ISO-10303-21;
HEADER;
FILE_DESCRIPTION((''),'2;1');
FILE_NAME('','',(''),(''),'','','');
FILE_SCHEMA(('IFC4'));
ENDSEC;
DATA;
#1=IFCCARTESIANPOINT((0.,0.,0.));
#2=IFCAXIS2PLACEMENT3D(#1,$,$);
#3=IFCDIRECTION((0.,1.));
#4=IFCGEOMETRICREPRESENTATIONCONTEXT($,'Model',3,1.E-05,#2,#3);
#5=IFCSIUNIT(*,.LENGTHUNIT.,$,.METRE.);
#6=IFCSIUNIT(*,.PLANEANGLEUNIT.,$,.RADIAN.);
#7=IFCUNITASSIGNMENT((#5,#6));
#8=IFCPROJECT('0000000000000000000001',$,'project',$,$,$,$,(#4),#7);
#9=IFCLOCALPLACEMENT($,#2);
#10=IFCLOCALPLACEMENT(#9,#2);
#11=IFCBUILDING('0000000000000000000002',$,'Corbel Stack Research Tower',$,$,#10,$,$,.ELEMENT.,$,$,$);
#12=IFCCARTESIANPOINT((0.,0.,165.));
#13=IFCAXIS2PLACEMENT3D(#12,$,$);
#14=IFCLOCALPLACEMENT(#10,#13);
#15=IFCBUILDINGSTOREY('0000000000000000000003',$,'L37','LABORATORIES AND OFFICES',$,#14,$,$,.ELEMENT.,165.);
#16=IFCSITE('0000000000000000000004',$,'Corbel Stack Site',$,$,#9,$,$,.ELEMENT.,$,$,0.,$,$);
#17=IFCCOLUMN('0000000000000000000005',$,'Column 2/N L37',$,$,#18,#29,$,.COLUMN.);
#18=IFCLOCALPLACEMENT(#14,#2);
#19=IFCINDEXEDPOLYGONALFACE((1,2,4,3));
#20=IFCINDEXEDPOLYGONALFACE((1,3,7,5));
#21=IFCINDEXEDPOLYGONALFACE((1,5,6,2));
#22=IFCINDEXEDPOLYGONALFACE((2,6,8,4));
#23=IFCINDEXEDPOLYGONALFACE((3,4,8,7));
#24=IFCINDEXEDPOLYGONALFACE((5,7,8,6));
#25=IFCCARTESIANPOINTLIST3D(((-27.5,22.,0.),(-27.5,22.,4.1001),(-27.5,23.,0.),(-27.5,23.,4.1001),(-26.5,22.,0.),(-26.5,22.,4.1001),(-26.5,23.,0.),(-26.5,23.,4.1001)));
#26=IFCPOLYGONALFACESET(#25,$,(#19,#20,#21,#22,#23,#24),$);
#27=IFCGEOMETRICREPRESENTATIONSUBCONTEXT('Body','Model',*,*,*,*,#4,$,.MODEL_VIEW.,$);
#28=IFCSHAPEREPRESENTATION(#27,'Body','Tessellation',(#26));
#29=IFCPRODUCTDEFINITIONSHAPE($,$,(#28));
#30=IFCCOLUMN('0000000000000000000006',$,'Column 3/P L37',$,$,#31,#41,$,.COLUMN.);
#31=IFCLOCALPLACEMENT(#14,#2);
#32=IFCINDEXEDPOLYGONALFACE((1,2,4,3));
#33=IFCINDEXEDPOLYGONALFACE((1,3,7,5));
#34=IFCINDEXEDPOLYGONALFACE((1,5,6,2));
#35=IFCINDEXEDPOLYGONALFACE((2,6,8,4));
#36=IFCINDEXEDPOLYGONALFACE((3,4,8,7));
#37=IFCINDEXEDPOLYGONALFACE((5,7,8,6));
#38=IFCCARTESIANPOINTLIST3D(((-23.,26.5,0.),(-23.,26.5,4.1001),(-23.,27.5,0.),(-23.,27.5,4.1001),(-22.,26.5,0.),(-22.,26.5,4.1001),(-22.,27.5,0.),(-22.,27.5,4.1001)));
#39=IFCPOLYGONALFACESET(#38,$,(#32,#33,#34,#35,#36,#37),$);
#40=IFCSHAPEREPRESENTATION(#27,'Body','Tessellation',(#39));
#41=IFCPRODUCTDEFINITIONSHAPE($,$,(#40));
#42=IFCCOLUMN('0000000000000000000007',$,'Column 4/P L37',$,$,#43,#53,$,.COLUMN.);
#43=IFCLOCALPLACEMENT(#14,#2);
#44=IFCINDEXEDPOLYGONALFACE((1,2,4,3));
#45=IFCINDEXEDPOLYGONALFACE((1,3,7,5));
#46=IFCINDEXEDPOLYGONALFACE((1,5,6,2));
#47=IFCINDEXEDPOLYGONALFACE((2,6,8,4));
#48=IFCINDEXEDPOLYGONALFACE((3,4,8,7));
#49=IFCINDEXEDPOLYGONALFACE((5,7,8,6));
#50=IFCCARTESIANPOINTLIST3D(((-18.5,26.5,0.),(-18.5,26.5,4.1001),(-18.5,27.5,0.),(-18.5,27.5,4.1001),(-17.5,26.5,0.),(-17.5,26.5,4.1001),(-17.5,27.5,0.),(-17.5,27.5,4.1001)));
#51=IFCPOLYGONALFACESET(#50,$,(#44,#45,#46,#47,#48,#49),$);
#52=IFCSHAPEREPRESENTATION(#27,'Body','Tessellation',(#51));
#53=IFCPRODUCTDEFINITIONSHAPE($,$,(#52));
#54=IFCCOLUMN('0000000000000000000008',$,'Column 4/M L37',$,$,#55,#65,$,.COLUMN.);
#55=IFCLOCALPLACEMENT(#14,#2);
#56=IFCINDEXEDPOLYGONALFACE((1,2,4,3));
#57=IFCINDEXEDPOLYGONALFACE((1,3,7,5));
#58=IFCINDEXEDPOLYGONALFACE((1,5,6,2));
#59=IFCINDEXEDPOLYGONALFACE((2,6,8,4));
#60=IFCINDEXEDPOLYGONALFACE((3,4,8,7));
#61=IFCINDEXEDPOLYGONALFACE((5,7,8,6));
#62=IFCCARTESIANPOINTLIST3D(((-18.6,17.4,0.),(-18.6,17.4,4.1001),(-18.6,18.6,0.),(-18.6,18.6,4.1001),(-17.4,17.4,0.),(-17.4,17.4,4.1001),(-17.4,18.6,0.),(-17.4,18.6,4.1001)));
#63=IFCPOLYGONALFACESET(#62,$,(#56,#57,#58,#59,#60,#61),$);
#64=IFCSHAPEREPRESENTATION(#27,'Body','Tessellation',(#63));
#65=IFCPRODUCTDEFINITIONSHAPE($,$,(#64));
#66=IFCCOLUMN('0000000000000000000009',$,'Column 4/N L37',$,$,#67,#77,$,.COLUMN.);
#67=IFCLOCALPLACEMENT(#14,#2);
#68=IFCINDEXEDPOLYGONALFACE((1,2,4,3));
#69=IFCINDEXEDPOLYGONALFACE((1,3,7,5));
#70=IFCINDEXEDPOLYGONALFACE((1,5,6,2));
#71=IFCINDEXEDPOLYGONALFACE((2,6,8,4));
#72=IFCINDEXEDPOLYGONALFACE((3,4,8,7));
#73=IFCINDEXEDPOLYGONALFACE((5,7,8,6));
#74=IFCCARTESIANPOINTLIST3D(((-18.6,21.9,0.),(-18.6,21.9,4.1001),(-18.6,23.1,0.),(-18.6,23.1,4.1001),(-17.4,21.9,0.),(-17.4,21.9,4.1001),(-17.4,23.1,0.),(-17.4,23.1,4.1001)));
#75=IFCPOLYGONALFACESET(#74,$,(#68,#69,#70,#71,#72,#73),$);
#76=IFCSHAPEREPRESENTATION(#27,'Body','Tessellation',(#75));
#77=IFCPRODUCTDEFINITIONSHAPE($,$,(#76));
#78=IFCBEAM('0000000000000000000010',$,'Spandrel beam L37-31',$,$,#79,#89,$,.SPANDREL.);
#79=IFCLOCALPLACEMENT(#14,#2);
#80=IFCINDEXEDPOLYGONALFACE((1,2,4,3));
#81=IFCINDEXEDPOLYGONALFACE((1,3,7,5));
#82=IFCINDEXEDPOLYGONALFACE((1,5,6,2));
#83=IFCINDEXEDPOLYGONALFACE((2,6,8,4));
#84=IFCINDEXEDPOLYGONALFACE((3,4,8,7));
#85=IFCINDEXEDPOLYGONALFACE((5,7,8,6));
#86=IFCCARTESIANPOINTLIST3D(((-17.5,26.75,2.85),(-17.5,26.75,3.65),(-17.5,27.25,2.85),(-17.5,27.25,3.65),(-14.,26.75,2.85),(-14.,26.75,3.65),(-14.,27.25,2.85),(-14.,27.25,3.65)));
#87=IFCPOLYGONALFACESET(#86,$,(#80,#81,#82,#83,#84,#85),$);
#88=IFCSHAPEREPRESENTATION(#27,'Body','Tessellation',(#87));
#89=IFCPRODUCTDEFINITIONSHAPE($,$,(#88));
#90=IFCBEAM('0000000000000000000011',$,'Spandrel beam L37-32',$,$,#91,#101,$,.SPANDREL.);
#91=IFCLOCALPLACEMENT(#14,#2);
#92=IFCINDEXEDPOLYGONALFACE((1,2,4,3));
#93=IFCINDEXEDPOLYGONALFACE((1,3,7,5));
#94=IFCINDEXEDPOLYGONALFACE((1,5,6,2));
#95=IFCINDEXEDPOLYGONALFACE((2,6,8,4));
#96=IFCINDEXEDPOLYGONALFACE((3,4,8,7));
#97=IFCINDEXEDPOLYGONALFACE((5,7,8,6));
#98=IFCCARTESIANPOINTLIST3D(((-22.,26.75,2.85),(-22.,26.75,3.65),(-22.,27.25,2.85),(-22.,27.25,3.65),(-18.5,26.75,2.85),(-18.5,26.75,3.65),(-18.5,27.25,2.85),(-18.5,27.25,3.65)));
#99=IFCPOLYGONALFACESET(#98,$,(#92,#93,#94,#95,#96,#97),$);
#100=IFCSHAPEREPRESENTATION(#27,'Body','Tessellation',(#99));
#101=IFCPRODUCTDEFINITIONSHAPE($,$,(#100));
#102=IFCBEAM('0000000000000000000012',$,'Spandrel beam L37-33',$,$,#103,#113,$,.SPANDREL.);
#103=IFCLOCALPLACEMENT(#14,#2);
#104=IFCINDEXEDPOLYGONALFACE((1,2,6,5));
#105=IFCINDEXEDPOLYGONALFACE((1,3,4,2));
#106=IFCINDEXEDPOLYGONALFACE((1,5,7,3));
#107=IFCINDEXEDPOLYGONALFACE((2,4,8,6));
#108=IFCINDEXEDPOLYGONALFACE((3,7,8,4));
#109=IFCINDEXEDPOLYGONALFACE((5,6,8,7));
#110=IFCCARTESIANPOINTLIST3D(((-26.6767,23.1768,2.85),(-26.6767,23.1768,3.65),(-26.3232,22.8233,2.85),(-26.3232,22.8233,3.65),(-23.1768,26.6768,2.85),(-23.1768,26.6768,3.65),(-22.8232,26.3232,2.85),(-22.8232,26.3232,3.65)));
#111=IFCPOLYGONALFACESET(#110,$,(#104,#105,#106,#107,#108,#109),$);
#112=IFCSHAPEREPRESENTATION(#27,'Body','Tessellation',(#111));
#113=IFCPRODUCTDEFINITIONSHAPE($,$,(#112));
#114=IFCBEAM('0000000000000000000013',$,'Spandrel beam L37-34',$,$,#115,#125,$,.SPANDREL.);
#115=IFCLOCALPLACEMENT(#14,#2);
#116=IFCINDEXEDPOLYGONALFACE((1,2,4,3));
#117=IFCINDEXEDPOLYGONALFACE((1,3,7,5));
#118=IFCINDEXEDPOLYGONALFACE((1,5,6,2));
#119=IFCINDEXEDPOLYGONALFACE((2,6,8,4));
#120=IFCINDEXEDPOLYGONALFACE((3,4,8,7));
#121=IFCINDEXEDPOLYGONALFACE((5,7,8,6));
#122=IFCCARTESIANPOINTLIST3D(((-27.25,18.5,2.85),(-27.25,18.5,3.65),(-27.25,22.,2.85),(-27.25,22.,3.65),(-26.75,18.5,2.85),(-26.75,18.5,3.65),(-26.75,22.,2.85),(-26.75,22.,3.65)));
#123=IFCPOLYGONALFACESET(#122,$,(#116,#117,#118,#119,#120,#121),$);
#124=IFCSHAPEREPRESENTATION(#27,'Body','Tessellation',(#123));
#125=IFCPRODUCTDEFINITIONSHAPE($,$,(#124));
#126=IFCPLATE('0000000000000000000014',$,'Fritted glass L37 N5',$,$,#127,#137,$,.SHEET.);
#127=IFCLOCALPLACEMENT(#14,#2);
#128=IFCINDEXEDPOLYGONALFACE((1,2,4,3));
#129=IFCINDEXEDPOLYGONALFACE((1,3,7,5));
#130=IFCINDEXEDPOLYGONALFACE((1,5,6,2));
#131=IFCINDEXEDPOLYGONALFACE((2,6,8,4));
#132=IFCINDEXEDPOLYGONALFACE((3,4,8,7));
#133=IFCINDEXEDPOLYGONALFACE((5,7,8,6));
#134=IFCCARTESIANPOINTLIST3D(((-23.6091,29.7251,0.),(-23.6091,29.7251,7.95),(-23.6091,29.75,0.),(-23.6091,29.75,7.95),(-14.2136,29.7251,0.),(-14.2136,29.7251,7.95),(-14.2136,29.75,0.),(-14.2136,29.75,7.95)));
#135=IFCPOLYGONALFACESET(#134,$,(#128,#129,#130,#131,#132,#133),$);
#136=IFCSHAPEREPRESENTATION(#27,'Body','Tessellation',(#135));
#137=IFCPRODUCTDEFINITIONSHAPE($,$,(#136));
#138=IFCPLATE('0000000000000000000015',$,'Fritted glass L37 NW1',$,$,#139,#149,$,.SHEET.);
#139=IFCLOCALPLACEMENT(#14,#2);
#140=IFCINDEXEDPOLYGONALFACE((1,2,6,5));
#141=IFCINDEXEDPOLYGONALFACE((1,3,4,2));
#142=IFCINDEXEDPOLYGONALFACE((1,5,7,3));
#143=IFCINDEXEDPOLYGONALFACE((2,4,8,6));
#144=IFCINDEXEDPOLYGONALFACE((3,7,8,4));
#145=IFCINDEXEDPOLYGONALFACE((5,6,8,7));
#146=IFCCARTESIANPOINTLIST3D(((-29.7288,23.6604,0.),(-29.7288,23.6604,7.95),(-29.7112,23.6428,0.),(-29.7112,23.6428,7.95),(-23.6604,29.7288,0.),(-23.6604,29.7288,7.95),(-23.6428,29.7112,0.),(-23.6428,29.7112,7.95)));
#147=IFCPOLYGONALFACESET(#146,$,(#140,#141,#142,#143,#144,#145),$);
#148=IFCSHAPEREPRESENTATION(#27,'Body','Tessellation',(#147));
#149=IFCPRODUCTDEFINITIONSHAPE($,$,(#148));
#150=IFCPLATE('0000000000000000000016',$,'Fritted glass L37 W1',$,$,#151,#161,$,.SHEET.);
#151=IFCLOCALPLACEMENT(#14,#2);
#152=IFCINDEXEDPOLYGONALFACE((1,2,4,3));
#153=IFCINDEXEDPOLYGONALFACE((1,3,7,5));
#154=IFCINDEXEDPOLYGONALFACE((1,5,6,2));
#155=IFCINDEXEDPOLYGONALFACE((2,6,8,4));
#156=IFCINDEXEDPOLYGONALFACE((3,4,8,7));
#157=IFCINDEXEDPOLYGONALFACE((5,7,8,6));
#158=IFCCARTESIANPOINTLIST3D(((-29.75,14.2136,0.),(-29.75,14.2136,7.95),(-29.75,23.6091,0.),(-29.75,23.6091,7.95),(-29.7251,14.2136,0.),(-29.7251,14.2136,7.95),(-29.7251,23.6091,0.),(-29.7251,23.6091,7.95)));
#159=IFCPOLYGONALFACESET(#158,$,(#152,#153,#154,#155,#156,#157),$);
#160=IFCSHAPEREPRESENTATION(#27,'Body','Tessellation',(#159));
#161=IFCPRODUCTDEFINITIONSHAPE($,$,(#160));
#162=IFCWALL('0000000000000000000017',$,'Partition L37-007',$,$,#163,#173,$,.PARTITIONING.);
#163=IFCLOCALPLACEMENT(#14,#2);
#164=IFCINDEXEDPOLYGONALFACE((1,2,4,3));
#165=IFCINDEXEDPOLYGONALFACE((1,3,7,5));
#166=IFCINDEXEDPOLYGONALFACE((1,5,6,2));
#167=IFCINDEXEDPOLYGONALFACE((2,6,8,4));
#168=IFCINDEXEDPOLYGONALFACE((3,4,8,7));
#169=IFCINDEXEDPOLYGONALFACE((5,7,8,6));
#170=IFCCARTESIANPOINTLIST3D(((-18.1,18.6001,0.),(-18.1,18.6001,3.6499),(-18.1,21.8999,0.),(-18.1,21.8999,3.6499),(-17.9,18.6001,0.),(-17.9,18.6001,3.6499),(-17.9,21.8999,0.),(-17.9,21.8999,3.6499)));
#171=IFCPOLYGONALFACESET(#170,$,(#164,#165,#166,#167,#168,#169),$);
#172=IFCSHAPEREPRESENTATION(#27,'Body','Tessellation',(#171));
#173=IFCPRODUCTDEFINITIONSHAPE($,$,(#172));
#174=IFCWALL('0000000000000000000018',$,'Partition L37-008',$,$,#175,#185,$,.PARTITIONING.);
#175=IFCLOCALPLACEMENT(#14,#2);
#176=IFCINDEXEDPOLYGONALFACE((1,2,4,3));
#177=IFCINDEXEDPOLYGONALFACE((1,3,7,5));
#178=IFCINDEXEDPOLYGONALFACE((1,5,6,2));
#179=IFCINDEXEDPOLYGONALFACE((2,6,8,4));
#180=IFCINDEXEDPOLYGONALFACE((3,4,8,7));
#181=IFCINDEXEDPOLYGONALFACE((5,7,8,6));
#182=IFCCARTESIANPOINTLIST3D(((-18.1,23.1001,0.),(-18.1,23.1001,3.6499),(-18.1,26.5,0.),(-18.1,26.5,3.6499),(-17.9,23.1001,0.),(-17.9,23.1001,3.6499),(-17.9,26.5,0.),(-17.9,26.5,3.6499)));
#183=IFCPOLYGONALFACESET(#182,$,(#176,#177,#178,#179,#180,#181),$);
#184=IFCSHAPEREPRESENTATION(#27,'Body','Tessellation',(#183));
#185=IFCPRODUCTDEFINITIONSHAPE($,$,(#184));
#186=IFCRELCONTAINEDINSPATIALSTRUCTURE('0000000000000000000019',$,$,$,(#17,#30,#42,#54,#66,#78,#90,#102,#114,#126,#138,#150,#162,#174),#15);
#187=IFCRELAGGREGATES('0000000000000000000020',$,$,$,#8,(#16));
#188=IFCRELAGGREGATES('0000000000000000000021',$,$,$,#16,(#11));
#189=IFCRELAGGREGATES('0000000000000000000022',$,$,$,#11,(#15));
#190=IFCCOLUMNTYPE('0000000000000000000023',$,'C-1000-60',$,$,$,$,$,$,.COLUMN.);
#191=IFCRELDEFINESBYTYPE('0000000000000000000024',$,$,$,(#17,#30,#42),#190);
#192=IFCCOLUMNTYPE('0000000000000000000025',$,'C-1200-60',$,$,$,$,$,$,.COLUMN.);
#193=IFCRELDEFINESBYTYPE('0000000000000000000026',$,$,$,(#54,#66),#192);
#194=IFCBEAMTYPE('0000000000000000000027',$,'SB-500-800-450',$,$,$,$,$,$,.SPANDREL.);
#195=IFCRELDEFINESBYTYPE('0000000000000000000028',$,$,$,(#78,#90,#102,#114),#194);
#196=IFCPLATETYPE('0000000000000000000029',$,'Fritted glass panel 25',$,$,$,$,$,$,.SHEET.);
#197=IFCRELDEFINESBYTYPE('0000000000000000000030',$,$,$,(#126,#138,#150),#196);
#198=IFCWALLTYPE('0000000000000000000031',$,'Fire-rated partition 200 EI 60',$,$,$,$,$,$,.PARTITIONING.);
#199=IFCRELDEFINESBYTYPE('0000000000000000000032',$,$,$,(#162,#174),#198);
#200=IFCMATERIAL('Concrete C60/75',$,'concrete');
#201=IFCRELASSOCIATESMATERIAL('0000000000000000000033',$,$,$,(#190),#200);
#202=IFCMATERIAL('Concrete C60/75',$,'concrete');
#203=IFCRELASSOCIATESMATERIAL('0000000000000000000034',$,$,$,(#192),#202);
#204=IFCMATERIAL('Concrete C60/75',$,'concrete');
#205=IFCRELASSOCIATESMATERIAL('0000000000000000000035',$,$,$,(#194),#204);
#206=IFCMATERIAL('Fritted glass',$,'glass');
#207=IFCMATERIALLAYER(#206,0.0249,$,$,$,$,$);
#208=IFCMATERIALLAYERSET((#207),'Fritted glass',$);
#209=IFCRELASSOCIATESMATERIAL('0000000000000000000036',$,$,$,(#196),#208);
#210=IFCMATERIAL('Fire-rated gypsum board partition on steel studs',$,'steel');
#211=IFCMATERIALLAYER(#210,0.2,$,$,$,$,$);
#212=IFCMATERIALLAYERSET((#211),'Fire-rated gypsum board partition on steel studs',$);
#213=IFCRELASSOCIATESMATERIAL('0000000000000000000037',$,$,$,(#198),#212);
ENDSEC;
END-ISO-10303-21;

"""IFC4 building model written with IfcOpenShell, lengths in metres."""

from ifc_helpers import new_model, si_unit, direction, frame, frame_2d, origin, origin_2d, place, context, subcontext, project, spatial, rectangle, extrude, material, layer, layer_set, material_profile, profile_set, type_object, element, save


model = new_model("IFC4")

# Units and contexts
model_context = context("Model", 3, precision=1e-05, world=origin(), true_north=direction((0.0, 1.0)))
body_context = subcontext(model_context, "Body", "Model", "MODEL_VIEW")
ifc_project = project(units=[si_unit("LENGTHUNIT", "METRE"), si_unit("PLANEANGLEUNIT", "RADIAN")], contexts=[model_context])

# Site, building, storey
site_placement = place(None, origin())
site = spatial("IfcSite", under=ifc_project, at=site_placement, Name="Corbel Stack Site", CompositionType="ELEMENT", RefElevation=0.0)
building_placement = place(site_placement, origin())
building = spatial("IfcBuilding", under=site, at=building_placement, Name="Corbel Stack Research Tower", CompositionType="ELEMENT")
storey_placement = place(building_placement, frame((0.0, 0.0, 165.0)))
storey = spatial("IfcBuildingStorey", under=building, at=storey_placement, Name="L37", Description="LABORATORIES AND OFFICES", CompositionType="ELEMENT", Elevation=165.0)

# Columns
ifc_material_1 = material(Name="Concrete C60/75", Category="concrete")
ifc_material_profile_1 = material_profile(ifc_material_1, rectangle(XDim=1.0, YDim=1.0, at=origin_2d()), Name="RC 1000 x 1000")
ifc_profile_set_1 = profile_set([ifc_material_profile_1], Name="Concrete C60/75")
column_type_1 = type_object("IfcColumnType", Name="C-1000-60", PredefinedType="COLUMN", material=ifc_profile_set_1)
for number, where, z_axis, x_axis, name in (
    (1, (-27.0, 22.5, 0.0), (0.0, 0.0, 1.0), (1.0, 0.0, 0.0), "Column 2/N L37"),
    (2, (-22.5, 27.0, 0.0), (0.0, 0.0, 1.0), (1.0, 0.0, 0.0), "Column 3/P L37"),
    (3, (-18.0, 27.0, 0.0), (0.0, 0.0, 1.0), (1.0, 0.0, 0.0), "Column 4/P L37"),
):
    element("IfcColumn", number, at=place(storey_placement, frame(where, z_axis=z_axis, x_axis=x_axis)), inside=storey, type_object=column_type_1, Name=name, PredefinedType="COLUMN", context=body_context, shape_type="SweptSolid", body=[
        extrude(rectangle(XDim=1.0, YDim=1.0, at=origin_2d()), origin(), (0.0, 0.0, 1.0), 4.1001),
    ])
ifc_material_2 = material(Name="Concrete C60/75", Category="concrete")
ifc_material_profile_2 = material_profile(ifc_material_2, rectangle(XDim=1.2, YDim=1.2, at=origin_2d()), Name="RC 1200 x 1200")
ifc_profile_set_2 = profile_set([ifc_material_profile_2], Name="Concrete C60/75")
column_type_2 = type_object("IfcColumnType", Name="C-1200-60", PredefinedType="COLUMN", material=ifc_profile_set_2)
for number, where, z_axis, x_axis, name in (
    (4, (-18.0, 18.0, 0.0), (0.0, 0.0, 1.0), (1.0, 0.0, 0.0), "Column 4/M L37"),
    (5, (-18.0, 22.5, 0.0), (0.0, 0.0, 1.0), (1.0, 0.0, 0.0), "Column 4/N L37"),
):
    element("IfcColumn", number, at=place(storey_placement, frame(where, z_axis=z_axis, x_axis=x_axis)), inside=storey, type_object=column_type_2, Name=name, PredefinedType="COLUMN", context=body_context, shape_type="SweptSolid", body=[
        extrude(rectangle(XDim=1.2, YDim=1.2, at=origin_2d()), origin(), (0.0, 0.0, 1.0), 4.1001),
    ])

# Beams
ifc_material_3 = material(Name="Concrete C60/75", Category="concrete")
ifc_material_profile_3 = material_profile(ifc_material_3, rectangle(XDim=0.5, YDim=0.8, at=origin_2d()), Name="RC 500 x 800")
ifc_profile_set_3 = profile_set([ifc_material_profile_3], Name="Concrete C60/75")
beam_type = type_object("IfcBeamType", Name="SB-500-800-450", PredefinedType="SPANDREL", material=ifc_profile_set_3)
for number, where, z_axis, x_axis, name in (
    (6, (-14.0, 27.0, 3.25), (-1.0, 0.0, 0.0), (0.0, -1.0, 0.0), "Spandrel beam L37-31"),
    (7, (-18.5, 27.0, 3.25), (-1.0, 0.0, 0.0), (0.0, -1.0, 0.0), "Spandrel beam L37-32"),
):
    element("IfcBeam", number, at=place(storey_placement, frame(where, z_axis=z_axis, x_axis=x_axis)), inside=storey, type_object=beam_type, Name=name, PredefinedType="SPANDREL", context=body_context, shape_type="SweptSolid", body=[
        extrude(rectangle(XDim=0.5, YDim=0.8, at=origin_2d()), origin(), (0.0, 0.0, 1.0), 3.5),
    ])
beam_1_placement = place(storey_placement, frame((-23.0, 26.5, 3.25), z_axis=(-0.707107, -0.707107, 0.0), x_axis=(0.707107, -0.707107, 0.0)))
element("IfcBeam", 8, at=beam_1_placement, inside=storey, type_object=beam_type, Name="Spandrel beam L37-33", PredefinedType="SPANDREL", context=body_context, shape_type="SweptSolid", body=[
    extrude(rectangle(XDim=0.5, YDim=0.8, at=origin_2d()), origin(), (0.0, 0.0, 1.0), 4.9497),
])
beam_2_placement = place(storey_placement, frame((-27.0, 22.0, 3.25), z_axis=(0.0, -1.0, 0.0), x_axis=(1.0, 0.0, 0.0)))
element("IfcBeam", 9, at=beam_2_placement, inside=storey, type_object=beam_type, Name="Spandrel beam L37-34", PredefinedType="SPANDREL", context=body_context, shape_type="SweptSolid", body=[
    extrude(rectangle(XDim=0.5, YDim=0.8, at=origin_2d()), origin(), (0.0, 0.0, 1.0), 3.5),
])

# Plates
ifc_material_4 = material(Name="Fritted glass", Category="glass")
ifc_layer_1 = layer(ifc_material_4, 0.0249)
ifc_layer_set_1 = layer_set([ifc_layer_1], Name="Fritted glass")
plate_type = type_object("IfcPlateType", Name="Fritted glass panel 25", PredefinedType="SHEET", material=ifc_layer_set_1)
plate_1_placement = place(storey_placement, frame((-18.9114, 29.7375, 0.0), z_axis=(0.0, 0.0, 1.0), x_axis=(-1.0, 0.0, 0.0)))
element("IfcPlate", 10, at=plate_1_placement, inside=storey, type_object=plate_type, Name="Fritted glass L37 N5", PredefinedType="SHEET", context=body_context, shape_type="SweptSolid", body=[
    extrude(rectangle(XDim=9.3955, YDim=0.0249, at=origin_2d()), origin(), (0.0, 0.0, 1.0), 7.95),
])
plate_2_placement = place(storey_placement, frame((-26.6858, 26.6858, 0.0), z_axis=(0.0, 0.0, 1.0), x_axis=(-0.707107, -0.707107, 0.0)))
element("IfcPlate", 11, at=plate_2_placement, inside=storey, type_object=plate_type, Name="Fritted glass L37 NW1", PredefinedType="SHEET", context=body_context, shape_type="SweptSolid", body=[
    extrude(rectangle(XDim=8.582, YDim=0.0249, at=origin_2d()), origin(), (0.0, 0.0, 1.0), 7.95),
])
plate_3_placement = place(storey_placement, frame((-29.7375, 18.9114, 0.0), z_axis=(0.0, 0.0, 1.0), x_axis=(0.0, -1.0, 0.0)))
element("IfcPlate", 12, at=plate_3_placement, inside=storey, type_object=plate_type, Name="Fritted glass L37 W1", PredefinedType="SHEET", context=body_context, shape_type="SweptSolid", body=[
    extrude(rectangle(XDim=9.3955, YDim=0.0249, at=origin_2d()), origin(), (0.0, 0.0, 1.0), 7.95),
])

# Walls
ifc_material_5 = material(Name="Fire-rated gypsum board partition on steel studs", Category="steel")
ifc_layer_2 = layer(ifc_material_5, 0.2)
ifc_layer_set_2 = layer_set([ifc_layer_2], Name="Fire-rated gypsum board partition on steel studs")
wall_type_1 = type_object("IfcWallType", Name="Fire-rated partition 200 EI 60", PredefinedType="PARTITIONING", material=ifc_layer_set_2)
wall_1_placement = place(storey_placement, frame((-18.0, 18.6001, 0.0), z_axis=(0.0, 0.0, 1.0), x_axis=(0.0, 1.0, 0.0)))
element("IfcWall", 13, at=wall_1_placement, inside=storey, type_object=wall_type_1, Name="Partition L37-007", PredefinedType="PARTITIONING", context=body_context, shape_type="SweptSolid", body=[
    extrude(rectangle(XDim=3.2998, YDim=0.2, at=frame_2d((1.6499, 0.0))), origin(), (0.0, 0.0, 1.0), 3.6499),
])
wall_2_placement = place(storey_placement, frame((-18.0, 23.1001, 0.0), z_axis=(0.0, 0.0, 1.0), x_axis=(0.0, 1.0, 0.0)))
element("IfcWall", 14, at=wall_2_placement, inside=storey, type_object=wall_type_1, Name="Partition L37-008", PredefinedType="PARTITIONING", context=body_context, shape_type="SweptSolid", body=[
    extrude(rectangle(XDim=3.3999, YDim=0.2, at=frame_2d((1.7, 0.0))), origin(), (0.0, 0.0, 1.0), 3.6499),
])

save(model, "model.ifc")
